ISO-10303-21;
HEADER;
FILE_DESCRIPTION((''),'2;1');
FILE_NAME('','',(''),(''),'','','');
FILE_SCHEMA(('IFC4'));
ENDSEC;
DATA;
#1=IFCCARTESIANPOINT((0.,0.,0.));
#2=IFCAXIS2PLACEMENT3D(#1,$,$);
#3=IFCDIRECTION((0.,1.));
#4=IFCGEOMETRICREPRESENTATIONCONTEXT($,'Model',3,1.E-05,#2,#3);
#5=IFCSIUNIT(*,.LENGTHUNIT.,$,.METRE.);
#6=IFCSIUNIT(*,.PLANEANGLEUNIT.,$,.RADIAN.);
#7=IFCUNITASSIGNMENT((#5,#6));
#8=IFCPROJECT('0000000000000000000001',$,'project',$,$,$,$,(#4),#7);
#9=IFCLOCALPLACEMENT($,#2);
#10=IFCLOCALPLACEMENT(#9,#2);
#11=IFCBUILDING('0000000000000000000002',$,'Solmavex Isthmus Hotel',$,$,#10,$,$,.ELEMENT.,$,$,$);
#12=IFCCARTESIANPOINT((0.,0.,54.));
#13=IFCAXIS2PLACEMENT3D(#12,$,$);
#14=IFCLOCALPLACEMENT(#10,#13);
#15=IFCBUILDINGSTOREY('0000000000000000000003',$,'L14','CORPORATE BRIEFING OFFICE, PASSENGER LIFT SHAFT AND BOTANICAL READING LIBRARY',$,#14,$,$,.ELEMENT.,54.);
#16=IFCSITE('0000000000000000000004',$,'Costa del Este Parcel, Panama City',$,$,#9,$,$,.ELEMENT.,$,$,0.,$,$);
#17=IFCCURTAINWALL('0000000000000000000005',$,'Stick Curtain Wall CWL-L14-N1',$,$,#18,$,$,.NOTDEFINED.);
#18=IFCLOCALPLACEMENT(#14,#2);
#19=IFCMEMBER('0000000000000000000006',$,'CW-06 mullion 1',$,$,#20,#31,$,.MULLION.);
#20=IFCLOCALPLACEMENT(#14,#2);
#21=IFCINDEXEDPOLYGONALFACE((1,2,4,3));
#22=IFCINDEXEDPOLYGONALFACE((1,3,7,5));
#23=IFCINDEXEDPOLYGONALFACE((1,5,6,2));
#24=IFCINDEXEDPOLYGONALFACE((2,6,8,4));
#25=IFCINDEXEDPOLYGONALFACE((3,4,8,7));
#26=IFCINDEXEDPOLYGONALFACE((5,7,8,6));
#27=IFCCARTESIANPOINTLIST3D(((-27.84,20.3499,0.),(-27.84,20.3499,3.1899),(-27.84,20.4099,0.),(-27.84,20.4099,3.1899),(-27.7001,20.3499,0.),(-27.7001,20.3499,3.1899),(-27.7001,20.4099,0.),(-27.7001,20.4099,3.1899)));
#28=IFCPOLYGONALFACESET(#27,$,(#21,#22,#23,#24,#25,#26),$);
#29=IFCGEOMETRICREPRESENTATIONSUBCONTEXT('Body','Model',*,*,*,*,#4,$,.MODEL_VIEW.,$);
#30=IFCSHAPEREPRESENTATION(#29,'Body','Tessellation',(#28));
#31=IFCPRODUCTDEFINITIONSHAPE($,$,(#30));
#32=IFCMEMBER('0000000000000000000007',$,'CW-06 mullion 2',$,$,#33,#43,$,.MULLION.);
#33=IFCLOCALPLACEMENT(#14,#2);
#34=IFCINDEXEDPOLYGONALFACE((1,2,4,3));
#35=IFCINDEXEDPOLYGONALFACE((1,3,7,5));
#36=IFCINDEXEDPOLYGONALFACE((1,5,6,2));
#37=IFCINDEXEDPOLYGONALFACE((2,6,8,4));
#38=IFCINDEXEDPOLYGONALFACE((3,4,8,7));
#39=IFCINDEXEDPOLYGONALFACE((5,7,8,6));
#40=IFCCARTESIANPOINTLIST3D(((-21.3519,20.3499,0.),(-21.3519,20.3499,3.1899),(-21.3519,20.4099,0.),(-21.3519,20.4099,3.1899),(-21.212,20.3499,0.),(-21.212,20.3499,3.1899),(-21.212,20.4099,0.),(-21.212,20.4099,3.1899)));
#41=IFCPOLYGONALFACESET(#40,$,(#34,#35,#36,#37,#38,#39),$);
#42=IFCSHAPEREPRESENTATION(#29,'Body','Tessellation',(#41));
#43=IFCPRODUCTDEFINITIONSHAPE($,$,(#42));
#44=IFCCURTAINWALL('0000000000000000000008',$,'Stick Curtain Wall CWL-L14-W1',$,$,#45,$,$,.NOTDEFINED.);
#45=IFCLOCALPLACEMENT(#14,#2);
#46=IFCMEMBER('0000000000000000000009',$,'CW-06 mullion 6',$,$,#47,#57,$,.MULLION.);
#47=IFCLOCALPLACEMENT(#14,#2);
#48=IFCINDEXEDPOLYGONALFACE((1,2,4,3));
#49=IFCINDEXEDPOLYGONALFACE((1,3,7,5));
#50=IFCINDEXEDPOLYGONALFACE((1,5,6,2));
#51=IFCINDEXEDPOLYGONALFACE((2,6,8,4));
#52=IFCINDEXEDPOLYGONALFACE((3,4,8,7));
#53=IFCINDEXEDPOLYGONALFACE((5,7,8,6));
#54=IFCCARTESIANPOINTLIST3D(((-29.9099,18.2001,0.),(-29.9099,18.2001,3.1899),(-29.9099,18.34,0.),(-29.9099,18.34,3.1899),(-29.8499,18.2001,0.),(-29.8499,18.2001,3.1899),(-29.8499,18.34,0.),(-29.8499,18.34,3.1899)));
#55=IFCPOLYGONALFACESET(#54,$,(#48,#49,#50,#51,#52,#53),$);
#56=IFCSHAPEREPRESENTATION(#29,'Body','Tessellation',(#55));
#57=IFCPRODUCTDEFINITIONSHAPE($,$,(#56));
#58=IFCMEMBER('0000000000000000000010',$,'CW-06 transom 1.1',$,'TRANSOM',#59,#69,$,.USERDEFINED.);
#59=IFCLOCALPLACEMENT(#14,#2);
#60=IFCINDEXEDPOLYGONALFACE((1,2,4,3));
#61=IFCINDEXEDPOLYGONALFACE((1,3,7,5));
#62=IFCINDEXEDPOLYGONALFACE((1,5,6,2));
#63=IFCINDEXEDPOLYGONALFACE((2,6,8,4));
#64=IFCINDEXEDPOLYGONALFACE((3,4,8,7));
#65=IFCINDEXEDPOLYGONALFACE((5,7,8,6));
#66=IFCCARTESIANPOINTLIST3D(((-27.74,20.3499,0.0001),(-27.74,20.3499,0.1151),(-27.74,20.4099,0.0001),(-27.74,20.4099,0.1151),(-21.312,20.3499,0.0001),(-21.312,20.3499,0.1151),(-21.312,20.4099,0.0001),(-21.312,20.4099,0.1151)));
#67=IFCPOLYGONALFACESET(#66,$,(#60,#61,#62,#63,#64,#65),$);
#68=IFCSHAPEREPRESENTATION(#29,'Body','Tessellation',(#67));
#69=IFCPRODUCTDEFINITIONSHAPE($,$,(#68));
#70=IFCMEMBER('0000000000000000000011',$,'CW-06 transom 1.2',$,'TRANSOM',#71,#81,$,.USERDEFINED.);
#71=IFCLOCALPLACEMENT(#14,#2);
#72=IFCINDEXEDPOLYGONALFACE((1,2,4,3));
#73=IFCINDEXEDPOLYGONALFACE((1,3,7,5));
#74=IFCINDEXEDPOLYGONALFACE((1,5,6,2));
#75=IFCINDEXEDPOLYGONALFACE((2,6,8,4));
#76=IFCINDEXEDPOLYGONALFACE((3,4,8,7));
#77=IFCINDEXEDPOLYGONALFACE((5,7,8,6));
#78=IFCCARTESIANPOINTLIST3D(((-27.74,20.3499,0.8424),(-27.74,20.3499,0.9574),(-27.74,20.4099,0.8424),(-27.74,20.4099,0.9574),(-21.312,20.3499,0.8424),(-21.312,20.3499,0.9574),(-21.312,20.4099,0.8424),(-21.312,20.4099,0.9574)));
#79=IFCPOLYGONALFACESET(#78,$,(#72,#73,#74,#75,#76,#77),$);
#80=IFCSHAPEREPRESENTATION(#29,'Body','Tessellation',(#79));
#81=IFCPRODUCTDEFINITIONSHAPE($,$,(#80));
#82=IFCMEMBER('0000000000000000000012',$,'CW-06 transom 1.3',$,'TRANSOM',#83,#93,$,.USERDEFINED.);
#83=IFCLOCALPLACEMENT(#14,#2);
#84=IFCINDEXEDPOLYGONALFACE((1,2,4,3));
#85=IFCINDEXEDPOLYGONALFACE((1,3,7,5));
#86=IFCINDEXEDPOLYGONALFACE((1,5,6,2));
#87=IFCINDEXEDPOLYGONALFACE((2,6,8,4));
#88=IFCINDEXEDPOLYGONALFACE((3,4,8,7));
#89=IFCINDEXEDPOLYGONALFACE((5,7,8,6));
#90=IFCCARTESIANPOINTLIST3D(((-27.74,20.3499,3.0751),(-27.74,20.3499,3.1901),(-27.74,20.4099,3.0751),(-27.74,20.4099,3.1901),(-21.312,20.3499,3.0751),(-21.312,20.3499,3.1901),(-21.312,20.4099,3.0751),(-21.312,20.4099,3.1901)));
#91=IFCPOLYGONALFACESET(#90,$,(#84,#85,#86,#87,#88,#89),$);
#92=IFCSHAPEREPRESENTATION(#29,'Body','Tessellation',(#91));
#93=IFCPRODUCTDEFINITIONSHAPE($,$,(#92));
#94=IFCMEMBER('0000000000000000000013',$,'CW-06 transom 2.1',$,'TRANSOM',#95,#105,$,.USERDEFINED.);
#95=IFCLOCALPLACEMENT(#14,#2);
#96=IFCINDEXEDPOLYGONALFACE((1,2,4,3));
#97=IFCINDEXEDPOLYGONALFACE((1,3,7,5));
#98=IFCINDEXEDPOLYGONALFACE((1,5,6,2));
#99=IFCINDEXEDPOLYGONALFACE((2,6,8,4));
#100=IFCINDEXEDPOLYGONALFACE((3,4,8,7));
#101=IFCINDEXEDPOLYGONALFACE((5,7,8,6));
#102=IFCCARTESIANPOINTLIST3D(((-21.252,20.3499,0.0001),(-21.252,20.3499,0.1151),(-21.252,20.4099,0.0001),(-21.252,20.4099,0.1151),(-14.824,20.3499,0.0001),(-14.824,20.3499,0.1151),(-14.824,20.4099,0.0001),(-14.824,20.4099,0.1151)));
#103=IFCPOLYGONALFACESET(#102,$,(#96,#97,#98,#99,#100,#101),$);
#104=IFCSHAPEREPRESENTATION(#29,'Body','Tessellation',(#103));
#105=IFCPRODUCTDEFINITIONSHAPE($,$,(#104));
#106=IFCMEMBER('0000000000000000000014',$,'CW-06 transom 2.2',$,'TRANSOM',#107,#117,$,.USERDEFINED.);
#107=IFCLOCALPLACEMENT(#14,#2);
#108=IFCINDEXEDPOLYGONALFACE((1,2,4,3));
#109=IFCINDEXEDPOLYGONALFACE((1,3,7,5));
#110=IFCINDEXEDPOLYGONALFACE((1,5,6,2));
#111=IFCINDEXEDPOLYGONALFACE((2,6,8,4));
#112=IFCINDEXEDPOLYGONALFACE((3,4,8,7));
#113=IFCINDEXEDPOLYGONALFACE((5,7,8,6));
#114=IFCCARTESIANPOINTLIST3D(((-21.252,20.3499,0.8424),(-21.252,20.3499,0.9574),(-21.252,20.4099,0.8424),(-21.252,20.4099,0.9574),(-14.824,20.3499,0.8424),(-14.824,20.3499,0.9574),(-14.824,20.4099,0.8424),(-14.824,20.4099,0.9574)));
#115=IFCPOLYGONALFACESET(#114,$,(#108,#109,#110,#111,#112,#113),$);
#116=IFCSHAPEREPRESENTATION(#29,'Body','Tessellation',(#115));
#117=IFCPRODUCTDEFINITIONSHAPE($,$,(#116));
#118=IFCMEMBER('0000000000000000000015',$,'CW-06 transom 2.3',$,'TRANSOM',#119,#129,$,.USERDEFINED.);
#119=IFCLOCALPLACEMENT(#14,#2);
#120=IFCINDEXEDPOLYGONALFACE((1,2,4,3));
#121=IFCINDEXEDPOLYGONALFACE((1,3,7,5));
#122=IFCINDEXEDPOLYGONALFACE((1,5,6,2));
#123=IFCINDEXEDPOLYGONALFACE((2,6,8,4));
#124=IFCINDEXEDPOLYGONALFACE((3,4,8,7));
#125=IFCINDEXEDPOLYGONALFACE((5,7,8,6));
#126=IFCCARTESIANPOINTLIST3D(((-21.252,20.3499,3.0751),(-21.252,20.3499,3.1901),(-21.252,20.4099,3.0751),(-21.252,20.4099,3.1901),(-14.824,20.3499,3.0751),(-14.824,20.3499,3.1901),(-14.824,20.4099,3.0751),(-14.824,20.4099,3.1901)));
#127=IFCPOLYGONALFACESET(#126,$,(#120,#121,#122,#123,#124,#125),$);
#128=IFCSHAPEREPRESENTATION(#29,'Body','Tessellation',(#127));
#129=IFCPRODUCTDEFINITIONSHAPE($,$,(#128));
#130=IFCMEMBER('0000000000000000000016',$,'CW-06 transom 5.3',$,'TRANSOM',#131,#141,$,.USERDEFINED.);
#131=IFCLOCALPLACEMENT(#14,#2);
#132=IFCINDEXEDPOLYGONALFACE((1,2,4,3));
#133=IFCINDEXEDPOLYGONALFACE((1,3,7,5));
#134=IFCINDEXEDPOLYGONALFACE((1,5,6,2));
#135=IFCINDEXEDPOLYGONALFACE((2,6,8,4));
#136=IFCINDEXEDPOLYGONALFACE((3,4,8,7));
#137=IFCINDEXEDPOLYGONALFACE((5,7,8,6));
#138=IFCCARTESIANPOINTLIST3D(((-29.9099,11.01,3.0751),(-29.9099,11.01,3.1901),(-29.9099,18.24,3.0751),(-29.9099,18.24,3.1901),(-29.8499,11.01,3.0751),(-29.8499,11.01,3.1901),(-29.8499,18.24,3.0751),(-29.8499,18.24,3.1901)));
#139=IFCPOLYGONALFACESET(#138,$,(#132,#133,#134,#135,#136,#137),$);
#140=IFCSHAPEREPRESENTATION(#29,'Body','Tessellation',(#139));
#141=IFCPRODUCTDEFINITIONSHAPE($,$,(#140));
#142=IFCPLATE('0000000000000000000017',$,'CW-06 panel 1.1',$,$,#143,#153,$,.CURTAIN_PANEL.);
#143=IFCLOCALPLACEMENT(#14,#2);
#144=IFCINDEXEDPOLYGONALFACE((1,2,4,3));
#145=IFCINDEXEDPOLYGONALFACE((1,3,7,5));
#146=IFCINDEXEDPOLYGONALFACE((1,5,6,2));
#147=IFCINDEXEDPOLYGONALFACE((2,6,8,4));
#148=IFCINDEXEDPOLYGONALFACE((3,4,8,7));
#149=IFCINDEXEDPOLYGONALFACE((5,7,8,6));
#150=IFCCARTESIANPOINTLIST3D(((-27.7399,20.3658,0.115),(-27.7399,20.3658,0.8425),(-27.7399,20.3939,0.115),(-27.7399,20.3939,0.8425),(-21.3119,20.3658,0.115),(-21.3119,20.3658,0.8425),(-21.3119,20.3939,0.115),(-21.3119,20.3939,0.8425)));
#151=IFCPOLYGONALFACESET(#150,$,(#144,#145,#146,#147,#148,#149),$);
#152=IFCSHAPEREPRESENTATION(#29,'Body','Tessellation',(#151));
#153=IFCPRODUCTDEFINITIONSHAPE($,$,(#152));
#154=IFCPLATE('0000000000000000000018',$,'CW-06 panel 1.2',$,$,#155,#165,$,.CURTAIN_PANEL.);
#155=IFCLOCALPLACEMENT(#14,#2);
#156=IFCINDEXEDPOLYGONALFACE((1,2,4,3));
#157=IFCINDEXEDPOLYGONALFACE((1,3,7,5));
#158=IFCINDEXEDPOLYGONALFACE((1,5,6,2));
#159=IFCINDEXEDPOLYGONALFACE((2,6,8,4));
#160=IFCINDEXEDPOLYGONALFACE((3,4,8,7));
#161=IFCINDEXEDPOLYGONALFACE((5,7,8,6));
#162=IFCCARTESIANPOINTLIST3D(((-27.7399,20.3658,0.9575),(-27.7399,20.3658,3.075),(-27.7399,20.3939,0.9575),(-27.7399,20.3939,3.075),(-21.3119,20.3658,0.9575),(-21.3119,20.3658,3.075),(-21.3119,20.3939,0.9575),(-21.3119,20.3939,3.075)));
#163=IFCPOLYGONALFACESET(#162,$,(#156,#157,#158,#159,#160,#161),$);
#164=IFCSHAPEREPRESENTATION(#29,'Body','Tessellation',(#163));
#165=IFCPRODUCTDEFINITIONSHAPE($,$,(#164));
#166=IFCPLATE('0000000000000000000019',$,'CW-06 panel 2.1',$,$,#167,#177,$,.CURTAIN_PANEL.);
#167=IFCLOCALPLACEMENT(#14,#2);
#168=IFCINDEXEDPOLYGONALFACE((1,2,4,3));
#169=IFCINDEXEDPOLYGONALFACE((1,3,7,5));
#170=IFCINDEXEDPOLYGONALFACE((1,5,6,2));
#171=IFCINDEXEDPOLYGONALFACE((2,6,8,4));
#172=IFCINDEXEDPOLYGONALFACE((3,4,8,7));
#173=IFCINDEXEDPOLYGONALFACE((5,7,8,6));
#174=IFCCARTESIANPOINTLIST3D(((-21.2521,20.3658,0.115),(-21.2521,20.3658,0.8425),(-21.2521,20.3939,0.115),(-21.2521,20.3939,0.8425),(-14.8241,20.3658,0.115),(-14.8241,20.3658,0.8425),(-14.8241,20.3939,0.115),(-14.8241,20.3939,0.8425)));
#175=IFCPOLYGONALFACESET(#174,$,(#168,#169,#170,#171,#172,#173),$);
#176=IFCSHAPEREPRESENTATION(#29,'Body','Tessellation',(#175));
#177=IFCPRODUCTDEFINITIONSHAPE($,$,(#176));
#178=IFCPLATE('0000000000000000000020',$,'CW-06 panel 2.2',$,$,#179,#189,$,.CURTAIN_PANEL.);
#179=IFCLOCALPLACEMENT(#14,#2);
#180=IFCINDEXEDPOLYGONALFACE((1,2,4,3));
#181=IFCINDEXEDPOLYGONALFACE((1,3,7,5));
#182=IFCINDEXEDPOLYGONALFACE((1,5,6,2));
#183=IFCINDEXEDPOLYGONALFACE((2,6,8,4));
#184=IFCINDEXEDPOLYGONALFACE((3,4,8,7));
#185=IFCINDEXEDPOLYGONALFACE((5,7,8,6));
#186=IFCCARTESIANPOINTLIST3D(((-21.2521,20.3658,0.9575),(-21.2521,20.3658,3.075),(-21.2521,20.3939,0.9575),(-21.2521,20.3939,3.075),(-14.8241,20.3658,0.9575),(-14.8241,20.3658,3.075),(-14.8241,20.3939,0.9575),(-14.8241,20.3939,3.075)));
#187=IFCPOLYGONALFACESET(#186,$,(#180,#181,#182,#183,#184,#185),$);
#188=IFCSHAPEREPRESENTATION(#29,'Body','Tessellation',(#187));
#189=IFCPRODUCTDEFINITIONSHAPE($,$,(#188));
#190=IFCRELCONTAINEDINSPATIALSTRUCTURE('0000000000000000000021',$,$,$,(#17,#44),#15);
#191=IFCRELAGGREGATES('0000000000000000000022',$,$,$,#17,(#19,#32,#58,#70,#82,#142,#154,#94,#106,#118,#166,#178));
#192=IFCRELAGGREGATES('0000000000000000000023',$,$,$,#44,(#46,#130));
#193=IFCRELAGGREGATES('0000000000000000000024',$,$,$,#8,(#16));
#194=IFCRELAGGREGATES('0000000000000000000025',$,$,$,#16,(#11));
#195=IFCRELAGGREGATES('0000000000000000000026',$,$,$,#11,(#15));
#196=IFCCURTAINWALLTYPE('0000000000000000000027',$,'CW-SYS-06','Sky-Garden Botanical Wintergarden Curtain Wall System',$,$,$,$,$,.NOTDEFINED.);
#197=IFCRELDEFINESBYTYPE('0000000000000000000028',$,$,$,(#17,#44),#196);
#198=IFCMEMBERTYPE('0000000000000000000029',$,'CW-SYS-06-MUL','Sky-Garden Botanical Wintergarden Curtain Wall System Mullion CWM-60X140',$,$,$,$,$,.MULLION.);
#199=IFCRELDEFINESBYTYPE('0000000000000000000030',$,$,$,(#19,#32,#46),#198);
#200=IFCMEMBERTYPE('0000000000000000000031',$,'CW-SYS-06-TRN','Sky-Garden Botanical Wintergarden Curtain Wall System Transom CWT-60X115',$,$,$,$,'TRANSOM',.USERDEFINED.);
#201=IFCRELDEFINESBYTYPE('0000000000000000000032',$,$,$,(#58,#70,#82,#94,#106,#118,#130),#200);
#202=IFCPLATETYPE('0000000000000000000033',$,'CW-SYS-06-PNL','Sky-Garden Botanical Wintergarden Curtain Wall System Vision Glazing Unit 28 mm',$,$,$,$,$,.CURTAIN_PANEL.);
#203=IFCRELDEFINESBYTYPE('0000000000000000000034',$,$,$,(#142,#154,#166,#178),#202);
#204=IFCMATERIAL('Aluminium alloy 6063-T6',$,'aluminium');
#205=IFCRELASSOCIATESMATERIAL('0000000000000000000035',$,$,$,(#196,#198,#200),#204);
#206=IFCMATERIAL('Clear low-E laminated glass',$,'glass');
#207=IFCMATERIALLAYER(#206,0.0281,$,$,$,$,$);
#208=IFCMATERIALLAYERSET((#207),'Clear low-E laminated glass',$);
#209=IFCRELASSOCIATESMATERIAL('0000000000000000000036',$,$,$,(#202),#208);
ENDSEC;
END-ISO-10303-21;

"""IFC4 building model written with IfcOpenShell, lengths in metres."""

from ifc_helpers import new_model, si_unit, direction, frame, origin, origin_2d, place, context, subcontext, project, spatial, rectangle, extrude, material, layer, layer_set, material_profile, profile_set, type_object, element, aggregate, save


model = new_model("IFC4")

# Units and contexts
model_context = context("Model", 3, precision=1e-05, world=origin(), true_north=direction((0.0, 1.0)))
body_context = subcontext(model_context, "Body", "Model", "MODEL_VIEW")
ifc_project = project(units=[si_unit("LENGTHUNIT", "METRE"), si_unit("PLANEANGLEUNIT", "RADIAN")], contexts=[model_context])

# Site, building, storey
site_placement = place(None, origin())
site = spatial("IfcSite", under=ifc_project, at=site_placement, Name="Costa del Este Parcel, Panama City", CompositionType="ELEMENT", RefElevation=0.0)
building_placement = place(site_placement, origin())
building = spatial("IfcBuilding", under=site, at=building_placement, Name="Solmavex Isthmus Hotel", CompositionType="ELEMENT")
storey_placement = place(building_placement, frame((0.0, 0.0, 54.0)))
storey = spatial("IfcBuildingStorey", under=building, at=storey_placement, Name="L14", Description="CORPORATE BRIEFING OFFICE, PASSENGER LIFT SHAFT AND BOTANICAL READING LIBRARY", CompositionType="ELEMENT", Elevation=54.0)

# Curtain wall, members
ifc_material_1 = material(Name="Aluminium alloy 6063-T6", Category="aluminium")
curtain_wall_type = type_object("IfcCurtainWallType", Name="CW-SYS-06", Description="Sky-Garden Botanical Wintergarden Curtain Wall System", PredefinedType="NOTDEFINED", material=ifc_material_1)
curtain_wall_1_placement = place(storey_placement, origin())
curtain_wall_1 = element("IfcCurtainWall", 1, at=curtain_wall_1_placement, inside=storey, type_object=curtain_wall_type, Name="Stick Curtain Wall CWL-L14-N1", PredefinedType="NOTDEFINED")
ifc_material_profile_1 = material_profile(ifc_material_1, rectangle(XDim=0.0601, YDim=0.1399, at=origin_2d()), Name="CWM-60X140")
ifc_profile_set_1 = profile_set([ifc_material_profile_1], Name="Aluminium alloy 6063-T6")
member_type_1 = type_object("IfcMemberType", Name="CW-SYS-06-MUL", Description="Sky-Garden Botanical Wintergarden Curtain Wall System Mullion CWM-60X140", PredefinedType="MULLION", material=ifc_profile_set_1)
member_1_placement = place(storey_placement, frame((-27.77, 20.3799, 0.0), z_axis=(0.0, 0.0, 1.0), x_axis=(0.0, 1.0, 0.0)))
member_1 = element("IfcMember", 2, at=member_1_placement, type_object=member_type_1, Name="CW-06 mullion 1", PredefinedType="MULLION", context=body_context, shape_type="SweptSolid", body=[
    extrude(rectangle(XDim=0.0601, YDim=0.1399, at=origin_2d()), origin(), (0.0, 0.0, 1.0), 3.1899),
])
member_2_placement = place(storey_placement, frame((-21.282, 20.3799, 0.0), z_axis=(0.0, 0.0, 1.0), x_axis=(0.0, 1.0, 0.0)))
member_2 = element("IfcMember", 3, at=member_2_placement, type_object=member_type_1, Name="CW-06 mullion 2", PredefinedType="MULLION", context=body_context, shape_type="SweptSolid", body=[
    extrude(rectangle(XDim=0.0601, YDim=0.1399, at=origin_2d()), origin(), (0.0, 0.0, 1.0), 3.1899),
])

# Curtain wall, member
curtain_wall_2_placement = place(storey_placement, origin())
curtain_wall_2 = element("IfcCurtainWall", 4, at=curtain_wall_2_placement, inside=storey, type_object=curtain_wall_type, Name="Stick Curtain Wall CWL-L14-W1", PredefinedType="NOTDEFINED")
member_3_placement = place(storey_placement, frame((-29.8799, 18.27, 0.0), z_axis=(0.0, 0.0, 1.0), x_axis=(-1.0, 0.0, 0.0)))
member_3 = element("IfcMember", 5, at=member_3_placement, type_object=member_type_1, Name="CW-06 mullion 6", PredefinedType="MULLION", context=body_context, shape_type="SweptSolid", body=[
    extrude(rectangle(XDim=0.0601, YDim=0.1399, at=origin_2d()), origin(), (0.0, 0.0, 1.0), 3.1899),
])

# Members
ifc_material_profile_2 = material_profile(ifc_material_1, rectangle(XDim=0.0601, YDim=0.115, at=origin_2d()), Name="CWT-60X115")
ifc_profile_set_2 = profile_set([ifc_material_profile_2], Name="Aluminium alloy 6063-T6")
member_type_2 = type_object("IfcMemberType", Name="CW-SYS-06-TRN", Description="Sky-Garden Botanical Wintergarden Curtain Wall System Transom CWT-60X115", ElementType="TRANSOM", PredefinedType="USERDEFINED", material=ifc_profile_set_2)
member_4_placement = place(storey_placement, frame((-27.74, 20.3799, 0.0576), z_axis=(1.0, 0.0, 0.0), x_axis=(0.0, 1.0, 0.0)))
member_4 = element("IfcMember", 6, at=member_4_placement, type_object=member_type_2, Name="CW-06 transom 1.1", ObjectType="TRANSOM", PredefinedType="USERDEFINED", context=body_context, shape_type="SweptSolid", body=[
    extrude(rectangle(XDim=0.0601, YDim=0.115, at=origin_2d()), origin(), (0.0, 0.0, 1.0), 6.428),
])
member_5_placement = place(storey_placement, frame((-27.74, 20.3799, 0.8999), z_axis=(1.0, 0.0, 0.0), x_axis=(0.0, 1.0, 0.0)))
member_5 = element("IfcMember", 7, at=member_5_placement, type_object=member_type_2, Name="CW-06 transom 1.2", ObjectType="TRANSOM", PredefinedType="USERDEFINED", context=body_context, shape_type="SweptSolid", body=[
    extrude(rectangle(XDim=0.0601, YDim=0.115, at=origin_2d()), origin(), (0.0, 0.0, 1.0), 6.428),
])
member_6_placement = place(storey_placement, frame((-27.74, 20.3799, 3.1326), z_axis=(1.0, 0.0, 0.0), x_axis=(0.0, 1.0, 0.0)))
member_6 = element("IfcMember", 8, at=member_6_placement, type_object=member_type_2, Name="CW-06 transom 1.3", ObjectType="TRANSOM", PredefinedType="USERDEFINED", context=body_context, shape_type="SweptSolid", body=[
    extrude(rectangle(XDim=0.0601, YDim=0.115, at=origin_2d()), origin(), (0.0, 0.0, 1.0), 6.428),
])
member_7_placement = place(storey_placement, frame((-21.252, 20.3799, 0.0576), z_axis=(1.0, 0.0, 0.0), x_axis=(0.0, 1.0, 0.0)))
member_7 = element("IfcMember", 9, at=member_7_placement, type_object=member_type_2, Name="CW-06 transom 2.1", ObjectType="TRANSOM", PredefinedType="USERDEFINED", context=body_context, shape_type="SweptSolid", body=[
    extrude(rectangle(XDim=0.0601, YDim=0.115, at=origin_2d()), origin(), (0.0, 0.0, 1.0), 6.428),
])
member_8_placement = place(storey_placement, frame((-21.252, 20.3799, 0.8999), z_axis=(1.0, 0.0, 0.0), x_axis=(0.0, 1.0, 0.0)))
member_8 = element("IfcMember", 10, at=member_8_placement, type_object=member_type_2, Name="CW-06 transom 2.2", ObjectType="TRANSOM", PredefinedType="USERDEFINED", context=body_context, shape_type="SweptSolid", body=[
    extrude(rectangle(XDim=0.0601, YDim=0.115, at=origin_2d()), origin(), (0.0, 0.0, 1.0), 6.428),
])
member_9_placement = place(storey_placement, frame((-21.252, 20.3799, 3.1326), z_axis=(1.0, 0.0, 0.0), x_axis=(0.0, 1.0, 0.0)))
member_9 = element("IfcMember", 11, at=member_9_placement, type_object=member_type_2, Name="CW-06 transom 2.3", ObjectType="TRANSOM", PredefinedType="USERDEFINED", context=body_context, shape_type="SweptSolid", body=[
    extrude(rectangle(XDim=0.0601, YDim=0.115, at=origin_2d()), origin(), (0.0, 0.0, 1.0), 6.428),
])
member_10_placement = place(storey_placement, frame((-29.8799, 11.01, 3.1326), z_axis=(0.0, 1.0, 0.0), x_axis=(-1.0, 0.0, 0.0)))
member_10 = element("IfcMember", 12, at=member_10_placement, type_object=member_type_2, Name="CW-06 transom 5.3", ObjectType="TRANSOM", PredefinedType="USERDEFINED", context=body_context, shape_type="SweptSolid", body=[
    extrude(rectangle(XDim=0.0601, YDim=0.115, at=origin_2d()), origin(), (0.0, 0.0, 1.0), 7.23),
])

# Plates
ifc_material_2 = material(Name="Clear low-E laminated glass", Category="glass")
ifc_layer_1 = layer(ifc_material_2, 0.0281)
ifc_layer_set_1 = layer_set([ifc_layer_1], Name="Clear low-E laminated glass")
plate_type = type_object("IfcPlateType", Name="CW-SYS-06-PNL", Description="Sky-Garden Botanical Wintergarden Curtain Wall System Vision Glazing Unit 28 mm", PredefinedType="CURTAIN_PANEL", material=ifc_layer_set_1)
plate_1_placement = place(storey_placement, frame((-24.5259, 20.3799, 0.115), z_axis=(0.0, 0.0, 1.0), x_axis=(1.0, 0.0, 0.0)))
plate_1 = element("IfcPlate", 13, at=plate_1_placement, type_object=plate_type, Name="CW-06 panel 1.1", PredefinedType="CURTAIN_PANEL", context=body_context, shape_type="SweptSolid", body=[
    extrude(rectangle(XDim=6.428, YDim=0.0281, at=origin_2d()), origin(), (0.0, 0.0, 1.0), 0.7275),
])
plate_2_placement = place(storey_placement, frame((-24.5259, 20.3799, 0.9575), z_axis=(0.0, 0.0, 1.0), x_axis=(1.0, 0.0, 0.0)))
plate_2 = element("IfcPlate", 14, at=plate_2_placement, type_object=plate_type, Name="CW-06 panel 1.2", PredefinedType="CURTAIN_PANEL", context=body_context, shape_type="SweptSolid", body=[
    extrude(rectangle(XDim=6.428, YDim=0.0281, at=origin_2d()), origin(), (0.0, 0.0, 1.0), 2.1174),
])
plate_3_placement = place(storey_placement, frame((-18.0381, 20.3799, 0.115), z_axis=(0.0, 0.0, 1.0), x_axis=(1.0, 0.0, 0.0)))
plate_3 = element("IfcPlate", 15, at=plate_3_placement, type_object=plate_type, Name="CW-06 panel 2.1", PredefinedType="CURTAIN_PANEL", context=body_context, shape_type="SweptSolid", body=[
    extrude(rectangle(XDim=6.428, YDim=0.0281, at=origin_2d()), origin(), (0.0, 0.0, 1.0), 0.7275),
])
plate_4_placement = place(storey_placement, frame((-18.0381, 20.3799, 0.9575), z_axis=(0.0, 0.0, 1.0), x_axis=(1.0, 0.0, 0.0)))
plate_4 = element("IfcPlate", 16, at=plate_4_placement, type_object=plate_type, Name="CW-06 panel 2.2", PredefinedType="CURTAIN_PANEL", context=body_context, shape_type="SweptSolid", body=[
    extrude(rectangle(XDim=6.428, YDim=0.0281, at=origin_2d()), origin(), (0.0, 0.0, 1.0), 2.1174),
])
aggregate(curtain_wall_1, [member_1, member_2, member_4, member_5, member_6, plate_1, plate_2, member_7, member_8, member_9, plate_3, plate_4])
aggregate(curtain_wall_2, [member_3, member_10])

save(model, "model.ifc")
